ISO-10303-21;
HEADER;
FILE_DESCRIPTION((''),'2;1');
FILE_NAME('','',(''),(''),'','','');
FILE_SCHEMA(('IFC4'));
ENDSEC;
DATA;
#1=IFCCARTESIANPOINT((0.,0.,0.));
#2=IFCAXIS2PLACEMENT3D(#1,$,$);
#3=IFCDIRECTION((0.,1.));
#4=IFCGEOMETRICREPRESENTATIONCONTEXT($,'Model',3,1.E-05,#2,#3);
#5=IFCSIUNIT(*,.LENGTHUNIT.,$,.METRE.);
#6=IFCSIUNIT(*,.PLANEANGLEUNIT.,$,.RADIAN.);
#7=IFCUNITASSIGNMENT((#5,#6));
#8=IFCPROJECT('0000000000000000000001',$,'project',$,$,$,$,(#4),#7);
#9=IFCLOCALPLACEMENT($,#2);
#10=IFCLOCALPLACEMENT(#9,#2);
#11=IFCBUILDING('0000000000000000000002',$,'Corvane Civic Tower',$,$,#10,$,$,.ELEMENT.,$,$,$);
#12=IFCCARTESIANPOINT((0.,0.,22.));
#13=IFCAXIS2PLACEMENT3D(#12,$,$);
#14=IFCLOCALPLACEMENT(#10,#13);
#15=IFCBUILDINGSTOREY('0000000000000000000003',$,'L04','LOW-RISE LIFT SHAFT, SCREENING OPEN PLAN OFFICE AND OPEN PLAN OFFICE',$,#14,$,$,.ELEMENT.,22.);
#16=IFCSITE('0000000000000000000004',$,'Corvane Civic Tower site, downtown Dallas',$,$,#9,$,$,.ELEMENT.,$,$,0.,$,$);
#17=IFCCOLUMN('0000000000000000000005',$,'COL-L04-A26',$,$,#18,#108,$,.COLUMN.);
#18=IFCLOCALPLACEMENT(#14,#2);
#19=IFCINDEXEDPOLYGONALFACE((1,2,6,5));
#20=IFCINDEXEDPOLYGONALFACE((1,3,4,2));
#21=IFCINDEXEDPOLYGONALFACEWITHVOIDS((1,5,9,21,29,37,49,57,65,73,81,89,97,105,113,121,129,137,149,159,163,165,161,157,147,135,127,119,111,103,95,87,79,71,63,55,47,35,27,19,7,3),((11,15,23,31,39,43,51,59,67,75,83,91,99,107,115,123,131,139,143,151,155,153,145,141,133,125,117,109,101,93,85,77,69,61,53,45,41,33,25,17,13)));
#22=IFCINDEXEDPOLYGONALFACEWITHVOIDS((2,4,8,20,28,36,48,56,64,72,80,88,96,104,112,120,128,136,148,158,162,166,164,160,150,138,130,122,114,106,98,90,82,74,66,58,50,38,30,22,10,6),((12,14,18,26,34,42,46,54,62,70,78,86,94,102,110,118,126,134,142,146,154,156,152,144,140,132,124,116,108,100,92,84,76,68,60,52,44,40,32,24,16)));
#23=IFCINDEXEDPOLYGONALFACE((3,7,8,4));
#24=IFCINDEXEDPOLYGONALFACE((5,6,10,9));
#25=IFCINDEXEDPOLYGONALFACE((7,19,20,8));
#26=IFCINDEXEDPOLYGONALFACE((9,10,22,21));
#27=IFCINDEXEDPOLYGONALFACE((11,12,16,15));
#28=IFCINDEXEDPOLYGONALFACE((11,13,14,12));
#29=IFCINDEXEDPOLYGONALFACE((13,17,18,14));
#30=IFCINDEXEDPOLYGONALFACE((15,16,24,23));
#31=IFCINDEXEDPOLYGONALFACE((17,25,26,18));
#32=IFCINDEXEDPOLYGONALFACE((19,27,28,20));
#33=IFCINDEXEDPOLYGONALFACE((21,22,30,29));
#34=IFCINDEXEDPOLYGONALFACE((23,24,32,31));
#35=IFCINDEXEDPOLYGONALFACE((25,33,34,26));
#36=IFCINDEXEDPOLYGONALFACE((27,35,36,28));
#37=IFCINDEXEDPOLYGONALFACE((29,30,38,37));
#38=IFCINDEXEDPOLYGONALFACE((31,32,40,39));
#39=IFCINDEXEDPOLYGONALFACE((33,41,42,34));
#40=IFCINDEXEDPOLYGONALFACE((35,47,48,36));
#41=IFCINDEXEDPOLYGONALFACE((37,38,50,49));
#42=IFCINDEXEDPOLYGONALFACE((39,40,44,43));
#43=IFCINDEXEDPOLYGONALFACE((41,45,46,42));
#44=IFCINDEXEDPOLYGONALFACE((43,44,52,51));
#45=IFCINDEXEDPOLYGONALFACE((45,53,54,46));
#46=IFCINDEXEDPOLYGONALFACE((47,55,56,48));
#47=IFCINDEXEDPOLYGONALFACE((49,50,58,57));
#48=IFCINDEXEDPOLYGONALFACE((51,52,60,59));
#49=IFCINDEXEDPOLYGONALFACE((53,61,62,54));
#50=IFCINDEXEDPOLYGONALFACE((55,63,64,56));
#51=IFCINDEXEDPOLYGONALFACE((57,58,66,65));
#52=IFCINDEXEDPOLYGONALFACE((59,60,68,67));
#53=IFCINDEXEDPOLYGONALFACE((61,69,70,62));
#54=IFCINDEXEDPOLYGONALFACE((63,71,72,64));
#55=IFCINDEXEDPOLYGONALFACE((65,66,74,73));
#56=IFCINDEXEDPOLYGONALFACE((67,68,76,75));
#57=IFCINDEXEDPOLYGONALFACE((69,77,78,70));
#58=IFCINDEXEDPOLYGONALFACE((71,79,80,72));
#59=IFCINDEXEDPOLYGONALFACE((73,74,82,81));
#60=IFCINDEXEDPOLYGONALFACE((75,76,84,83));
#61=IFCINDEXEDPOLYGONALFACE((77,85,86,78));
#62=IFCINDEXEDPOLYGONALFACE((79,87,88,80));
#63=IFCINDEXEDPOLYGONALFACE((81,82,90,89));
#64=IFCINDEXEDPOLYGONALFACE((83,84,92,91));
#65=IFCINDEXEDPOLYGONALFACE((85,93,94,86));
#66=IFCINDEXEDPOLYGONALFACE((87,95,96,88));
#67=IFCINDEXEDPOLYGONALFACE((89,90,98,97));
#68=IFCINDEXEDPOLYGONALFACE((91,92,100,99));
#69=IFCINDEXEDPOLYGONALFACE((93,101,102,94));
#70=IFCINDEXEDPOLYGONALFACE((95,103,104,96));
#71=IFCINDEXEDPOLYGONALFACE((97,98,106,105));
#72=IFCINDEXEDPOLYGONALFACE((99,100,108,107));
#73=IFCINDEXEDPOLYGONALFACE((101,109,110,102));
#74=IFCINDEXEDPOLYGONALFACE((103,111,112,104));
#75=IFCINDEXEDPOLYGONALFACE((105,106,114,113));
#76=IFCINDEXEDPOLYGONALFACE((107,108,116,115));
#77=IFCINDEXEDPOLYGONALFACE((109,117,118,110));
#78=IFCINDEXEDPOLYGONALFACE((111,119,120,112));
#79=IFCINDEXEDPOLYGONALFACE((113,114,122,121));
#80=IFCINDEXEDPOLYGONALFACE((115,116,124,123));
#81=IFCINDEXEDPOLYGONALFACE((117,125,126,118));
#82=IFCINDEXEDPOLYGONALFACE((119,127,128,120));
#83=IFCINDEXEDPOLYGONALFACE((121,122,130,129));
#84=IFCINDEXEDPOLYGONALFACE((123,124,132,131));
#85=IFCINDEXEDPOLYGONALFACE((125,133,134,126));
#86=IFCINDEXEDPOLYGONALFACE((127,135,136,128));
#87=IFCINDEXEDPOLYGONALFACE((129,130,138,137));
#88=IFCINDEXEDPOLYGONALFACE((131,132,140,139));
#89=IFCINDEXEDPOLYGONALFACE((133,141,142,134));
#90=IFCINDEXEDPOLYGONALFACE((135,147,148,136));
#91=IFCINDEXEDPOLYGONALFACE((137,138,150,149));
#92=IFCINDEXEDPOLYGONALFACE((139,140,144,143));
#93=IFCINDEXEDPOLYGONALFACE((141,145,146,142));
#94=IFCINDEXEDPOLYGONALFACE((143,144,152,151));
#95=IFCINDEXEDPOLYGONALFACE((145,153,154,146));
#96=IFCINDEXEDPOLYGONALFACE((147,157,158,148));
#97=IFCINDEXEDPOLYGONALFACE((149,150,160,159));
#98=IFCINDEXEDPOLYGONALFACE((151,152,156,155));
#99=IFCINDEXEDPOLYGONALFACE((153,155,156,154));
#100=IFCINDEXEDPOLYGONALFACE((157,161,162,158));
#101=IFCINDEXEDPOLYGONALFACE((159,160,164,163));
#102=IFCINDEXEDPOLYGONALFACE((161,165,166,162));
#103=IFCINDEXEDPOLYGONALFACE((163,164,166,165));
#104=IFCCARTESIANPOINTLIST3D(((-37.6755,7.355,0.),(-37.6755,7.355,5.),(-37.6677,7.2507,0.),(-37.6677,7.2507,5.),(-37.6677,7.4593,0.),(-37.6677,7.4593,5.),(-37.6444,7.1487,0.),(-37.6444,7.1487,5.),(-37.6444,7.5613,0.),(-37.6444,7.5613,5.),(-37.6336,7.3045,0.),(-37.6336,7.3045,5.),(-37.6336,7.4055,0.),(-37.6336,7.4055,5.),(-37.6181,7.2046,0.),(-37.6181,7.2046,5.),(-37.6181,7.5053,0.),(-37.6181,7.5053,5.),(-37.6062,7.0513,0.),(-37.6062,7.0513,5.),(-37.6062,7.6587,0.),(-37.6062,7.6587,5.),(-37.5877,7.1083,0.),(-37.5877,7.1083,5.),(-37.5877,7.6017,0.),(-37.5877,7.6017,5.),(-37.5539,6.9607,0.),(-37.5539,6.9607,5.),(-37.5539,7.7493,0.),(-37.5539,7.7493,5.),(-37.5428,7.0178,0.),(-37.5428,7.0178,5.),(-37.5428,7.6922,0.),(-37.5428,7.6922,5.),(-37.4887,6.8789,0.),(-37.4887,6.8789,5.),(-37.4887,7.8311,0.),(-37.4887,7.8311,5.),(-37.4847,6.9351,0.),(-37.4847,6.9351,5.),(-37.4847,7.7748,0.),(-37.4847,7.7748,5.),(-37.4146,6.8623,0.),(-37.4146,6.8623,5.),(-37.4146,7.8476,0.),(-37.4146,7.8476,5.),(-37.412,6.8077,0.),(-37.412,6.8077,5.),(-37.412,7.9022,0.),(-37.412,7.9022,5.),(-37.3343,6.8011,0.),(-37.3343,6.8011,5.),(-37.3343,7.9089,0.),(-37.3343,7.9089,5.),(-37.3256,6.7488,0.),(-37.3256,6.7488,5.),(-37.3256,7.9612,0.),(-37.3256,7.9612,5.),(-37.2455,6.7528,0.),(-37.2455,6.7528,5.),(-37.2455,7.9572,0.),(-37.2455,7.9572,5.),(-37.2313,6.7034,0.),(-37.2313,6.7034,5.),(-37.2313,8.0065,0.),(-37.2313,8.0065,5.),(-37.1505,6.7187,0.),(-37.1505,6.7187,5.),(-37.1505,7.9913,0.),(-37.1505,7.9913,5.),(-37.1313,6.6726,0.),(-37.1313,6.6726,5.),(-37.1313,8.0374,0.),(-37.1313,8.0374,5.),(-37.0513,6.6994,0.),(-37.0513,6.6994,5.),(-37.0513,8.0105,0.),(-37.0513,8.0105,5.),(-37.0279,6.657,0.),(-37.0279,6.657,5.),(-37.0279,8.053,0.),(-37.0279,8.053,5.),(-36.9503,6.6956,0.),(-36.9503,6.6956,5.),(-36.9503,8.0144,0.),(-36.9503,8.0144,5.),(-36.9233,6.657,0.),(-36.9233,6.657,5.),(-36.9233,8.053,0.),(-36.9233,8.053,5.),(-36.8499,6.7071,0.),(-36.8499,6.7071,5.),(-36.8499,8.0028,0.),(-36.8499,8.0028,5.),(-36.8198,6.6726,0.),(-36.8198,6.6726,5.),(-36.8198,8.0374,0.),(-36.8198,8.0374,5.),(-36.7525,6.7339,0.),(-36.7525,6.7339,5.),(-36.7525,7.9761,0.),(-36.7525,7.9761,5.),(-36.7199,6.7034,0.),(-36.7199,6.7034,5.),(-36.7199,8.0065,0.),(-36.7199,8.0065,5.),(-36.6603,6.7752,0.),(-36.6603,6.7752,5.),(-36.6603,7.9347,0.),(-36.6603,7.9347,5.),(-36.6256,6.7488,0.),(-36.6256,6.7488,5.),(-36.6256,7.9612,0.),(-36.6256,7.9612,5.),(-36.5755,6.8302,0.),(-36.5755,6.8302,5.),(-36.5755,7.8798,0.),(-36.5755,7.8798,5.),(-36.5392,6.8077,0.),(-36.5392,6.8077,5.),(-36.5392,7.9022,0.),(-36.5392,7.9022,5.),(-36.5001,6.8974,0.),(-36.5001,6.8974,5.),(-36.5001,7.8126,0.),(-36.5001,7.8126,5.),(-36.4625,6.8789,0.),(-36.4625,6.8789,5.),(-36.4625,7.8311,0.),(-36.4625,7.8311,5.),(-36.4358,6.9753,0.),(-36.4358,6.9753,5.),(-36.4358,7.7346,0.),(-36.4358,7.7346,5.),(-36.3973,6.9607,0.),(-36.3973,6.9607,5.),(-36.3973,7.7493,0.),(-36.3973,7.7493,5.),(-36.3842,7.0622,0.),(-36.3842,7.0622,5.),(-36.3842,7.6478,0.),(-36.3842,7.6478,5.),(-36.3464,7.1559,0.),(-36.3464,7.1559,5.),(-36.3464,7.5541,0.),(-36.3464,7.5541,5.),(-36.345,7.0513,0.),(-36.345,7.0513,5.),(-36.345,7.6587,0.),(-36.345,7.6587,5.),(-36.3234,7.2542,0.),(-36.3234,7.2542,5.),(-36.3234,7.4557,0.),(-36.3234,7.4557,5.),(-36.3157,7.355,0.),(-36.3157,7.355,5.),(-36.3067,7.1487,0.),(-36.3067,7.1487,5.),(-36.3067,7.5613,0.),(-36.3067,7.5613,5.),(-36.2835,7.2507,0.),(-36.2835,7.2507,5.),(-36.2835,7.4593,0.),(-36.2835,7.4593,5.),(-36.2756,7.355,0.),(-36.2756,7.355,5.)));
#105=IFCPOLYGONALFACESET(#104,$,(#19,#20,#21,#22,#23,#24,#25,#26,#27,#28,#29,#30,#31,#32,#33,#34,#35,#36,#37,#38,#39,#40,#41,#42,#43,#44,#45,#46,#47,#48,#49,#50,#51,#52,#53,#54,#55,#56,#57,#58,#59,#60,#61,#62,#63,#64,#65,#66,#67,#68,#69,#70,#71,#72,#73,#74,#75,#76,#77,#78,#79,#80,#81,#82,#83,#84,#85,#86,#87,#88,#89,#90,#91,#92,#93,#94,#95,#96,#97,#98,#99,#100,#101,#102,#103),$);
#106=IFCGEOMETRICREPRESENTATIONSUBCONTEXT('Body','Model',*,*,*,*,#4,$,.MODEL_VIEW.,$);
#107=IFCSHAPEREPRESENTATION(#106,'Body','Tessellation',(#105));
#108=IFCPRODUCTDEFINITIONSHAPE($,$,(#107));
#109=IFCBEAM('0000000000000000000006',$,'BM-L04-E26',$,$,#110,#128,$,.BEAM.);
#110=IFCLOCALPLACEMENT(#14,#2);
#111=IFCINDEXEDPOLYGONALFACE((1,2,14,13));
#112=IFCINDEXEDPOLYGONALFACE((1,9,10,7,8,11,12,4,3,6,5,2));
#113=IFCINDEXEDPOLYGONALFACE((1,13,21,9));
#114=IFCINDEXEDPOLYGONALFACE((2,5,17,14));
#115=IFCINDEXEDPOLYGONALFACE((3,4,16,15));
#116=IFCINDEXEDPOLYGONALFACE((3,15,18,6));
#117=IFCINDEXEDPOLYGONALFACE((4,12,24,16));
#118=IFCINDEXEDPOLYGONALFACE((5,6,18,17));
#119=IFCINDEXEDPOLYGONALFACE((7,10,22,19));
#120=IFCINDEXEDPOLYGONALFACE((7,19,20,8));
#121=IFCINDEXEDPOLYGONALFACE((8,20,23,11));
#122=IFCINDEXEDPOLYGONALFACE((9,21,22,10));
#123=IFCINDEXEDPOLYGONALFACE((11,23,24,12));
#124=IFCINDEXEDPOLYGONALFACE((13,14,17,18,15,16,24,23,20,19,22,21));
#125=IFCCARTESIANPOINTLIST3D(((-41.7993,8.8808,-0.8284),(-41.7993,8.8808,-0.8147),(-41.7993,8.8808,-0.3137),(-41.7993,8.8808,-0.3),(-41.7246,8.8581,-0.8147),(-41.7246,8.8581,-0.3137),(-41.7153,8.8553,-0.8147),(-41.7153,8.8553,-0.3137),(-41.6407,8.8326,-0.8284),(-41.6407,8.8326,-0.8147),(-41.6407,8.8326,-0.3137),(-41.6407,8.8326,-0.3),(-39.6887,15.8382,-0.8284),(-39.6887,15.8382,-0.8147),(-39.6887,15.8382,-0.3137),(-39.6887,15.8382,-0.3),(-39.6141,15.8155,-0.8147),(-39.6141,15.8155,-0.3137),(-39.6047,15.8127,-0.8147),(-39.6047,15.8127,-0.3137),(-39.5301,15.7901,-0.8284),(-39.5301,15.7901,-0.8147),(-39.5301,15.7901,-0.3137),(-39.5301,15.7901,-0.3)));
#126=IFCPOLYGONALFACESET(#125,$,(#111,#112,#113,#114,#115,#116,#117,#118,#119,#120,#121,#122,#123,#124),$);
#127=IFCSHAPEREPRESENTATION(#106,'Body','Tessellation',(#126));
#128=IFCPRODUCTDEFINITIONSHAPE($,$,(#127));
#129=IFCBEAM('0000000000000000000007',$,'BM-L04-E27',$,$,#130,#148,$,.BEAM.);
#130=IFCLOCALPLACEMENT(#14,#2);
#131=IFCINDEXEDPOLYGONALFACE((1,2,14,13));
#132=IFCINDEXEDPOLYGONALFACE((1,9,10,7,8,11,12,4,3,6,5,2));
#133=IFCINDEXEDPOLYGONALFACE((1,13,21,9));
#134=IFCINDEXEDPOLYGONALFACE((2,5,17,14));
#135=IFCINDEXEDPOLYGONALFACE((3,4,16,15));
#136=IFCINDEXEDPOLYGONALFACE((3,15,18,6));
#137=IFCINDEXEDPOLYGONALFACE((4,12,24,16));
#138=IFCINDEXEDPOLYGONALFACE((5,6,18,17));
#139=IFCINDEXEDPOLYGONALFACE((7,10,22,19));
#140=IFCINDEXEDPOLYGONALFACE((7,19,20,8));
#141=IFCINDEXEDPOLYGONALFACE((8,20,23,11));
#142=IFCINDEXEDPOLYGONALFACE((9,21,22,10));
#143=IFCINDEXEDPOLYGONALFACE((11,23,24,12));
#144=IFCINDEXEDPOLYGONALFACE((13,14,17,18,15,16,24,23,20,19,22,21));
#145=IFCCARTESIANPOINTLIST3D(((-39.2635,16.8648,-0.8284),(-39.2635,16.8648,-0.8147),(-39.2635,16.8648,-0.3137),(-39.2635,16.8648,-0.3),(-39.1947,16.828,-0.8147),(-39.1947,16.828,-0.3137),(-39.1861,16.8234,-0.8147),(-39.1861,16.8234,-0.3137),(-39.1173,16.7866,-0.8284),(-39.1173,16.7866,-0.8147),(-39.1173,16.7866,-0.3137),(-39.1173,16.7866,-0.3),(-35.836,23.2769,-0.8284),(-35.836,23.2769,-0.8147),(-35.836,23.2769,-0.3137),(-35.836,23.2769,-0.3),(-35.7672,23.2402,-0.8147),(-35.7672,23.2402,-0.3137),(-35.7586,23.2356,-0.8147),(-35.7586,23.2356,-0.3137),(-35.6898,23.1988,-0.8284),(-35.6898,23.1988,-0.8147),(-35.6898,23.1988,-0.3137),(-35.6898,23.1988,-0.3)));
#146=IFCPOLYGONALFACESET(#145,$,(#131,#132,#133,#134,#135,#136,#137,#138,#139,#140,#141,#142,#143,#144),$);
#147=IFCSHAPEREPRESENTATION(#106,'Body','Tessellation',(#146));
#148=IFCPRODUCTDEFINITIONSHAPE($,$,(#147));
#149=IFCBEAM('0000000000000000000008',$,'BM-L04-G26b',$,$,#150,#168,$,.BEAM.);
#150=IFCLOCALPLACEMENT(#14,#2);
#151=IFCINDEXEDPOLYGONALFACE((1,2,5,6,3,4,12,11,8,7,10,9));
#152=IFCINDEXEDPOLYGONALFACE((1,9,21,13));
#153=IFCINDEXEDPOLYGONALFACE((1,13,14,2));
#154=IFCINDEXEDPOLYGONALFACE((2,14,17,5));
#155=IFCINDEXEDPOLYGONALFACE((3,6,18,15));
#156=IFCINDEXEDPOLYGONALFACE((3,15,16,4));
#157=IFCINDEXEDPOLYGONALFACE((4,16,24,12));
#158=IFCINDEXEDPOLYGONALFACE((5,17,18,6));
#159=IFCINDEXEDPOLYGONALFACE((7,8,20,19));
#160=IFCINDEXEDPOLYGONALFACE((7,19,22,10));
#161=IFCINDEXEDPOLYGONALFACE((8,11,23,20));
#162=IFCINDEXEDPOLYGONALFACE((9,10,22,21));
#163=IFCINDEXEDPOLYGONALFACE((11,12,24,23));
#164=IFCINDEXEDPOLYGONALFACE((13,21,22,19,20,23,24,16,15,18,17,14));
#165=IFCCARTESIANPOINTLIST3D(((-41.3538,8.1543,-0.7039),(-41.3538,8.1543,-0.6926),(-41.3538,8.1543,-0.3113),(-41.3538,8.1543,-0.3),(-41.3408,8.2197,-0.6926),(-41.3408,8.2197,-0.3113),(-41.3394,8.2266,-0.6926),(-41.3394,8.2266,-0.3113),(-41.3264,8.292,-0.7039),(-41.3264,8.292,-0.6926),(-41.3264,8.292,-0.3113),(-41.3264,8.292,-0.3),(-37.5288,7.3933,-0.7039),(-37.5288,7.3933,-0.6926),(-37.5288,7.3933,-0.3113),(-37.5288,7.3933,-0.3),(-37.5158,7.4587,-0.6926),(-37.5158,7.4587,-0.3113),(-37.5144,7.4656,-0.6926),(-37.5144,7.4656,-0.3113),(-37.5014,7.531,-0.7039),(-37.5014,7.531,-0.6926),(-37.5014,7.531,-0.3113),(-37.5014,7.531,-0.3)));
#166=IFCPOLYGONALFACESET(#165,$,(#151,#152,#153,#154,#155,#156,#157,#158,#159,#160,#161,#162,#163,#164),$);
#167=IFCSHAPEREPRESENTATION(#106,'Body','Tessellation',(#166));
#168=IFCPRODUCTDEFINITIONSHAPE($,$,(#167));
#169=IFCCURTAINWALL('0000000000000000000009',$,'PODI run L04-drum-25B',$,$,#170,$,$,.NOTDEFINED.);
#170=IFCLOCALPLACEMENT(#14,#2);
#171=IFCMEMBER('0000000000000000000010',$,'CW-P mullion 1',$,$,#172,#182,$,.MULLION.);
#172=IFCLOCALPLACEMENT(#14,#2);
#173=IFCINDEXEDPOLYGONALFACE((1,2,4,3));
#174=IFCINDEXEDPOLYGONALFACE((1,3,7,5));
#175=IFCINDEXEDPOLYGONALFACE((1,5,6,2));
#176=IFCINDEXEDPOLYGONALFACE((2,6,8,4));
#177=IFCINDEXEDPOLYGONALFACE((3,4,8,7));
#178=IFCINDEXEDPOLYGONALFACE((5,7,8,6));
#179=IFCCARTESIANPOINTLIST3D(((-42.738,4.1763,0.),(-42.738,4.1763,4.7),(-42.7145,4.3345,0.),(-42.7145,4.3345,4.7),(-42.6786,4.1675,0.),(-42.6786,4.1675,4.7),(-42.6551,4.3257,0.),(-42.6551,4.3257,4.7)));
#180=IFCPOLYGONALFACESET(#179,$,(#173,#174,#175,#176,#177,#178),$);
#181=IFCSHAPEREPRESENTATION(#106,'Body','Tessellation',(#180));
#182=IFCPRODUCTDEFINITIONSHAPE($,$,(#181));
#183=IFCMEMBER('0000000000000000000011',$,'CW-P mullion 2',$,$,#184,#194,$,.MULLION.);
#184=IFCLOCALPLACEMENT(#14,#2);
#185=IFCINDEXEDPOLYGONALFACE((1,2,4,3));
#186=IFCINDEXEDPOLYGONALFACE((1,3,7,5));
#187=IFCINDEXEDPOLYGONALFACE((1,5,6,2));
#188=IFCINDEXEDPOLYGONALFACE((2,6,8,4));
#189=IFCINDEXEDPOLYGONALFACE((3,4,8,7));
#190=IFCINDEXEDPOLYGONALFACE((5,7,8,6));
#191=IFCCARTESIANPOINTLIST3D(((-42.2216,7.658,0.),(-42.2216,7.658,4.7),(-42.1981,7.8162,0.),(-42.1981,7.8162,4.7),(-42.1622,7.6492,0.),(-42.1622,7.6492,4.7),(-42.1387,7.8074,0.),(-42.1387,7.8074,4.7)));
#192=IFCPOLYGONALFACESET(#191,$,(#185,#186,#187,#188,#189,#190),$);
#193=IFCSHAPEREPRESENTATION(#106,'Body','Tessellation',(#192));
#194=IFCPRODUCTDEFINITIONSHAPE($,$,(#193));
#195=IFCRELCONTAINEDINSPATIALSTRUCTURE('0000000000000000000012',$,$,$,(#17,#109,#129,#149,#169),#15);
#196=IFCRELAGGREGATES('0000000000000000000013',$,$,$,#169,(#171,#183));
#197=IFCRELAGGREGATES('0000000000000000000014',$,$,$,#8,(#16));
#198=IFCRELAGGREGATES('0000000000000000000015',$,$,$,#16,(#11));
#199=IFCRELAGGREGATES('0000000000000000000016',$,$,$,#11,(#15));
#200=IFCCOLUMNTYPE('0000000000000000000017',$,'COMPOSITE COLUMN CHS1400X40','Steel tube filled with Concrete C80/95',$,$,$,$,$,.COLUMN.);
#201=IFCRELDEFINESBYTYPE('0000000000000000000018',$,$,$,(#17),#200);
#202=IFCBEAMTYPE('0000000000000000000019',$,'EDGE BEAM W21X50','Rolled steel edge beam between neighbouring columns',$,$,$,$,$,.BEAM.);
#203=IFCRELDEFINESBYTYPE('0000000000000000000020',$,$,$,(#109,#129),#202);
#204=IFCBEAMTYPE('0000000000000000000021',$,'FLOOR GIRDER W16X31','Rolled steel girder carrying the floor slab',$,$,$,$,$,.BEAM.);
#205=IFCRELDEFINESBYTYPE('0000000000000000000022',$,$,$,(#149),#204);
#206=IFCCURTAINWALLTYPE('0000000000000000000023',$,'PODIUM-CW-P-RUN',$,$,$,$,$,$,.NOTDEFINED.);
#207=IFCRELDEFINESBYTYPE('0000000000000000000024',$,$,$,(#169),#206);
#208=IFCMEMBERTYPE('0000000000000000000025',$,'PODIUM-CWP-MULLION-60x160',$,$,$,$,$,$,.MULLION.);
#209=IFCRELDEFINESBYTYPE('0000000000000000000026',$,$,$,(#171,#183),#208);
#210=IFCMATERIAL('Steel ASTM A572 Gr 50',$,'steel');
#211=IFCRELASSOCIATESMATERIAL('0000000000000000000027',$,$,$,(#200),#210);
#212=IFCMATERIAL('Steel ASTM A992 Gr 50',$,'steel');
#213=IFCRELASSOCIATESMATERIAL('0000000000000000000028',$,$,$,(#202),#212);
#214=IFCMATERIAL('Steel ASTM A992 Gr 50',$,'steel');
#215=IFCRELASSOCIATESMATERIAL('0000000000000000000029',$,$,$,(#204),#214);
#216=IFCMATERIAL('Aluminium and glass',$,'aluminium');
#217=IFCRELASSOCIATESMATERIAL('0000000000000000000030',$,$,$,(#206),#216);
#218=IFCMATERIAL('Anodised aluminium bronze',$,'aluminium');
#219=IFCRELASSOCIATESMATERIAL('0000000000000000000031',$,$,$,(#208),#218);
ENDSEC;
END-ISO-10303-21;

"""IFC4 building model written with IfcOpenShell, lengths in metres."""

from ifc_helpers import new_model, si_unit, direction, frame, origin, origin_2d, place, context, subcontext, project, spatial, rectangle, hollow_circle, i_section, extrude, material, material_profile, profile_set, type_object, element, aggregate, save


model = new_model("IFC4")

# Units and contexts
model_context = context("Model", 3, precision=1e-05, world=origin(), true_north=direction((0.0, 1.0)))
body_context = subcontext(model_context, "Body", "Model", "MODEL_VIEW")
ifc_project = project(units=[si_unit("LENGTHUNIT", "METRE"), si_unit("PLANEANGLEUNIT", "RADIAN")], contexts=[model_context])

# Site, building, storey
site_placement = place(None, origin())
site = spatial("IfcSite", under=ifc_project, at=site_placement, Name="Corvane Civic Tower site, downtown Dallas", CompositionType="ELEMENT", RefElevation=0.0)
building_placement = place(site_placement, origin())
building = spatial("IfcBuilding", under=site, at=building_placement, Name="Corvane Civic Tower", CompositionType="ELEMENT")
storey_placement = place(building_placement, frame((0.0, 0.0, 22.0)))
storey = spatial("IfcBuildingStorey", under=building, at=storey_placement, Name="L04", Description="LOW-RISE LIFT SHAFT, SCREENING OPEN PLAN OFFICE AND OPEN PLAN OFFICE", CompositionType="ELEMENT", Elevation=22.0)

# Column
ifc_material_1 = material(Name="Steel ASTM A572 Gr 50", Category="steel")
ifc_material_profile_1 = material_profile(ifc_material_1, hollow_circle(Radius=0.7, WallThickness=0.04, at=origin_2d()), Name="CHS1400X40")
ifc_profile_set_1 = profile_set([ifc_material_profile_1], Name="Steel ASTM A572 Gr 50")
column_type_1 = type_object("IfcColumnType", Name="COMPOSITE COLUMN CHS1400X40", Description="Steel tube filled with Concrete C80/95", PredefinedType="COLUMN", material=ifc_profile_set_1)
column_placement = place(storey_placement, frame((-36.9756, 7.355, 0.0), z_axis=(0.0, 0.0, 1.0), x_axis=(1.0, 0.0, 0.0)))
element("IfcColumn", 1, at=column_placement, inside=storey, type_object=column_type_1, Name="COL-L04-A26", PredefinedType="COLUMN", context=body_context, shape_type="SweptSolid", body=[
    extrude(hollow_circle(Radius=0.7, WallThickness=0.04, at=origin_2d()), origin(), (0.0, 0.0, 1.0), 5.0),
])

# Beams
ifc_material_2 = material(Name="Steel ASTM A992 Gr 50", Category="steel")
ifc_material_profile_2 = material_profile(ifc_material_2, i_section(OverallWidth=0.1658, OverallDepth=0.5283, WebThickness=0.0098, FlangeThickness=0.0137, at=origin_2d()), Name="W21X50")
ifc_profile_set_2 = profile_set([ifc_material_profile_2], Name="Steel ASTM A992 Gr 50")
beam_type_1 = type_object("IfcBeamType", Name="EDGE BEAM W21X50", Description="Rolled steel edge beam between neighbouring columns", PredefinedType="BEAM", material=ifc_profile_set_2)
beam_1_placement = place(storey_placement, frame((-41.72, 8.8567, -0.5642), z_axis=(0.290292, 0.956938, 0.0), x_axis=(-0.956938, 0.290292, 0.0)))
element("IfcBeam", 2, at=beam_1_placement, inside=storey, type_object=beam_type_1, Name="BM-L04-E26", PredefinedType="BEAM", context=body_context, shape_type="SweptSolid", body=[
    extrude(i_section(OverallWidth=0.1658, OverallDepth=0.5283, WebThickness=0.0098, FlangeThickness=0.0137, at=origin_2d()), origin(), (0.0, 0.0, 1.0), 7.2705),
])
beam_2_placement = place(storey_placement, frame((-39.1904, 16.8257, -0.5642), z_axis=(0.471412, 0.881913, 0.0), x_axis=(-0.881913, 0.471412, 0.0)))
element("IfcBeam", 3, at=beam_2_placement, inside=storey, type_object=beam_type_1, Name="BM-L04-E27", PredefinedType="BEAM", context=body_context, shape_type="SweptSolid", body=[
    extrude(i_section(OverallWidth=0.1658, OverallDepth=0.5283, WebThickness=0.0098, FlangeThickness=0.0137, at=origin_2d()), origin(), (0.0, 0.0, 1.0), 7.2708),
])
ifc_material_3 = material(Name="Steel ASTM A992 Gr 50", Category="steel")
ifc_material_profile_3 = material_profile(ifc_material_3, i_section(OverallWidth=0.1404, OverallDepth=0.4038, WebThickness=0.0071, FlangeThickness=0.0112, at=origin_2d()), Name="W16X31")
ifc_profile_set_3 = profile_set([ifc_material_profile_3], Name="Steel ASTM A992 Gr 50")
beam_type_2 = type_object("IfcBeamType", Name="FLOOR GIRDER W16X31", Description="Rolled steel girder carrying the floor slab", PredefinedType="BEAM", material=ifc_profile_set_3)
beam_3_placement = place(storey_placement, frame((-37.5151, 7.4622, -0.502), z_axis=(-0.980778, 0.195129, 0.0), x_axis=(-0.195129, -0.980778, 0.0)))
element("IfcBeam", 4, at=beam_3_placement, inside=storey, type_object=beam_type_2, Name="BM-L04-G26b", PredefinedType="BEAM", context=body_context, shape_type="SweptSolid", body=[
    extrude(i_section(OverallWidth=0.1404, OverallDepth=0.4038, WebThickness=0.0071, FlangeThickness=0.0112, at=origin_2d()), origin(), (0.0, 0.0, 1.0), 3.8999),
])

# Curtain wall, members
ifc_material_4 = material(Name="Aluminium and glass", Category="aluminium")
curtain_wall_type = type_object("IfcCurtainWallType", Name="PODIUM-CW-P-RUN", PredefinedType="NOTDEFINED", material=ifc_material_4)
curtain_wall_1_placement = place(storey_placement, origin())
curtain_wall_1 = element("IfcCurtainWall", 5, at=curtain_wall_1_placement, inside=storey, type_object=curtain_wall_type, Name="PODI run L04-drum-25B", PredefinedType="NOTDEFINED")
ifc_material_5 = material(Name="Anodised aluminium bronze", Category="aluminium")
ifc_material_profile_4 = material_profile(ifc_material_5, rectangle(XDim=0.0601, YDim=0.1599, at=origin_2d()), Name="AL 60x160")
ifc_profile_set_4 = profile_set([ifc_material_profile_4], Name="Anodised aluminium bronze")
member_type_1 = type_object("IfcMemberType", Name="PODIUM-CWP-MULLION-60x160", PredefinedType="MULLION", material=ifc_profile_set_4)
member_1_placement = place(storey_placement, frame((-42.6965, 4.251, 0.0), z_axis=(0.0, 0.0, 1.0), x_axis=(-0.989179, 0.146715, 0.0)))
member_1 = element("IfcMember", 6, at=member_1_placement, type_object=member_type_1, Name="CW-P mullion 1", PredefinedType="MULLION", context=body_context, shape_type="SweptSolid", body=[
    extrude(rectangle(XDim=0.0601, YDim=0.1599, at=origin_2d()), origin(), (0.0, 0.0, 1.0), 4.7),
])
member_2_placement = place(storey_placement, frame((-42.1802, 7.7327, 0.0), z_axis=(0.0, 0.0, 1.0), x_axis=(-0.989179, 0.146715, 0.0)))
member_2 = element("IfcMember", 7, at=member_2_placement, type_object=member_type_1, Name="CW-P mullion 2", PredefinedType="MULLION", context=body_context, shape_type="SweptSolid", body=[
    extrude(rectangle(XDim=0.0601, YDim=0.1599, at=origin_2d()), origin(), (0.0, 0.0, 1.0), 4.7),
])

aggregate(curtain_wall_1, [member_1, member_2])

save(model, "model.ifc")
